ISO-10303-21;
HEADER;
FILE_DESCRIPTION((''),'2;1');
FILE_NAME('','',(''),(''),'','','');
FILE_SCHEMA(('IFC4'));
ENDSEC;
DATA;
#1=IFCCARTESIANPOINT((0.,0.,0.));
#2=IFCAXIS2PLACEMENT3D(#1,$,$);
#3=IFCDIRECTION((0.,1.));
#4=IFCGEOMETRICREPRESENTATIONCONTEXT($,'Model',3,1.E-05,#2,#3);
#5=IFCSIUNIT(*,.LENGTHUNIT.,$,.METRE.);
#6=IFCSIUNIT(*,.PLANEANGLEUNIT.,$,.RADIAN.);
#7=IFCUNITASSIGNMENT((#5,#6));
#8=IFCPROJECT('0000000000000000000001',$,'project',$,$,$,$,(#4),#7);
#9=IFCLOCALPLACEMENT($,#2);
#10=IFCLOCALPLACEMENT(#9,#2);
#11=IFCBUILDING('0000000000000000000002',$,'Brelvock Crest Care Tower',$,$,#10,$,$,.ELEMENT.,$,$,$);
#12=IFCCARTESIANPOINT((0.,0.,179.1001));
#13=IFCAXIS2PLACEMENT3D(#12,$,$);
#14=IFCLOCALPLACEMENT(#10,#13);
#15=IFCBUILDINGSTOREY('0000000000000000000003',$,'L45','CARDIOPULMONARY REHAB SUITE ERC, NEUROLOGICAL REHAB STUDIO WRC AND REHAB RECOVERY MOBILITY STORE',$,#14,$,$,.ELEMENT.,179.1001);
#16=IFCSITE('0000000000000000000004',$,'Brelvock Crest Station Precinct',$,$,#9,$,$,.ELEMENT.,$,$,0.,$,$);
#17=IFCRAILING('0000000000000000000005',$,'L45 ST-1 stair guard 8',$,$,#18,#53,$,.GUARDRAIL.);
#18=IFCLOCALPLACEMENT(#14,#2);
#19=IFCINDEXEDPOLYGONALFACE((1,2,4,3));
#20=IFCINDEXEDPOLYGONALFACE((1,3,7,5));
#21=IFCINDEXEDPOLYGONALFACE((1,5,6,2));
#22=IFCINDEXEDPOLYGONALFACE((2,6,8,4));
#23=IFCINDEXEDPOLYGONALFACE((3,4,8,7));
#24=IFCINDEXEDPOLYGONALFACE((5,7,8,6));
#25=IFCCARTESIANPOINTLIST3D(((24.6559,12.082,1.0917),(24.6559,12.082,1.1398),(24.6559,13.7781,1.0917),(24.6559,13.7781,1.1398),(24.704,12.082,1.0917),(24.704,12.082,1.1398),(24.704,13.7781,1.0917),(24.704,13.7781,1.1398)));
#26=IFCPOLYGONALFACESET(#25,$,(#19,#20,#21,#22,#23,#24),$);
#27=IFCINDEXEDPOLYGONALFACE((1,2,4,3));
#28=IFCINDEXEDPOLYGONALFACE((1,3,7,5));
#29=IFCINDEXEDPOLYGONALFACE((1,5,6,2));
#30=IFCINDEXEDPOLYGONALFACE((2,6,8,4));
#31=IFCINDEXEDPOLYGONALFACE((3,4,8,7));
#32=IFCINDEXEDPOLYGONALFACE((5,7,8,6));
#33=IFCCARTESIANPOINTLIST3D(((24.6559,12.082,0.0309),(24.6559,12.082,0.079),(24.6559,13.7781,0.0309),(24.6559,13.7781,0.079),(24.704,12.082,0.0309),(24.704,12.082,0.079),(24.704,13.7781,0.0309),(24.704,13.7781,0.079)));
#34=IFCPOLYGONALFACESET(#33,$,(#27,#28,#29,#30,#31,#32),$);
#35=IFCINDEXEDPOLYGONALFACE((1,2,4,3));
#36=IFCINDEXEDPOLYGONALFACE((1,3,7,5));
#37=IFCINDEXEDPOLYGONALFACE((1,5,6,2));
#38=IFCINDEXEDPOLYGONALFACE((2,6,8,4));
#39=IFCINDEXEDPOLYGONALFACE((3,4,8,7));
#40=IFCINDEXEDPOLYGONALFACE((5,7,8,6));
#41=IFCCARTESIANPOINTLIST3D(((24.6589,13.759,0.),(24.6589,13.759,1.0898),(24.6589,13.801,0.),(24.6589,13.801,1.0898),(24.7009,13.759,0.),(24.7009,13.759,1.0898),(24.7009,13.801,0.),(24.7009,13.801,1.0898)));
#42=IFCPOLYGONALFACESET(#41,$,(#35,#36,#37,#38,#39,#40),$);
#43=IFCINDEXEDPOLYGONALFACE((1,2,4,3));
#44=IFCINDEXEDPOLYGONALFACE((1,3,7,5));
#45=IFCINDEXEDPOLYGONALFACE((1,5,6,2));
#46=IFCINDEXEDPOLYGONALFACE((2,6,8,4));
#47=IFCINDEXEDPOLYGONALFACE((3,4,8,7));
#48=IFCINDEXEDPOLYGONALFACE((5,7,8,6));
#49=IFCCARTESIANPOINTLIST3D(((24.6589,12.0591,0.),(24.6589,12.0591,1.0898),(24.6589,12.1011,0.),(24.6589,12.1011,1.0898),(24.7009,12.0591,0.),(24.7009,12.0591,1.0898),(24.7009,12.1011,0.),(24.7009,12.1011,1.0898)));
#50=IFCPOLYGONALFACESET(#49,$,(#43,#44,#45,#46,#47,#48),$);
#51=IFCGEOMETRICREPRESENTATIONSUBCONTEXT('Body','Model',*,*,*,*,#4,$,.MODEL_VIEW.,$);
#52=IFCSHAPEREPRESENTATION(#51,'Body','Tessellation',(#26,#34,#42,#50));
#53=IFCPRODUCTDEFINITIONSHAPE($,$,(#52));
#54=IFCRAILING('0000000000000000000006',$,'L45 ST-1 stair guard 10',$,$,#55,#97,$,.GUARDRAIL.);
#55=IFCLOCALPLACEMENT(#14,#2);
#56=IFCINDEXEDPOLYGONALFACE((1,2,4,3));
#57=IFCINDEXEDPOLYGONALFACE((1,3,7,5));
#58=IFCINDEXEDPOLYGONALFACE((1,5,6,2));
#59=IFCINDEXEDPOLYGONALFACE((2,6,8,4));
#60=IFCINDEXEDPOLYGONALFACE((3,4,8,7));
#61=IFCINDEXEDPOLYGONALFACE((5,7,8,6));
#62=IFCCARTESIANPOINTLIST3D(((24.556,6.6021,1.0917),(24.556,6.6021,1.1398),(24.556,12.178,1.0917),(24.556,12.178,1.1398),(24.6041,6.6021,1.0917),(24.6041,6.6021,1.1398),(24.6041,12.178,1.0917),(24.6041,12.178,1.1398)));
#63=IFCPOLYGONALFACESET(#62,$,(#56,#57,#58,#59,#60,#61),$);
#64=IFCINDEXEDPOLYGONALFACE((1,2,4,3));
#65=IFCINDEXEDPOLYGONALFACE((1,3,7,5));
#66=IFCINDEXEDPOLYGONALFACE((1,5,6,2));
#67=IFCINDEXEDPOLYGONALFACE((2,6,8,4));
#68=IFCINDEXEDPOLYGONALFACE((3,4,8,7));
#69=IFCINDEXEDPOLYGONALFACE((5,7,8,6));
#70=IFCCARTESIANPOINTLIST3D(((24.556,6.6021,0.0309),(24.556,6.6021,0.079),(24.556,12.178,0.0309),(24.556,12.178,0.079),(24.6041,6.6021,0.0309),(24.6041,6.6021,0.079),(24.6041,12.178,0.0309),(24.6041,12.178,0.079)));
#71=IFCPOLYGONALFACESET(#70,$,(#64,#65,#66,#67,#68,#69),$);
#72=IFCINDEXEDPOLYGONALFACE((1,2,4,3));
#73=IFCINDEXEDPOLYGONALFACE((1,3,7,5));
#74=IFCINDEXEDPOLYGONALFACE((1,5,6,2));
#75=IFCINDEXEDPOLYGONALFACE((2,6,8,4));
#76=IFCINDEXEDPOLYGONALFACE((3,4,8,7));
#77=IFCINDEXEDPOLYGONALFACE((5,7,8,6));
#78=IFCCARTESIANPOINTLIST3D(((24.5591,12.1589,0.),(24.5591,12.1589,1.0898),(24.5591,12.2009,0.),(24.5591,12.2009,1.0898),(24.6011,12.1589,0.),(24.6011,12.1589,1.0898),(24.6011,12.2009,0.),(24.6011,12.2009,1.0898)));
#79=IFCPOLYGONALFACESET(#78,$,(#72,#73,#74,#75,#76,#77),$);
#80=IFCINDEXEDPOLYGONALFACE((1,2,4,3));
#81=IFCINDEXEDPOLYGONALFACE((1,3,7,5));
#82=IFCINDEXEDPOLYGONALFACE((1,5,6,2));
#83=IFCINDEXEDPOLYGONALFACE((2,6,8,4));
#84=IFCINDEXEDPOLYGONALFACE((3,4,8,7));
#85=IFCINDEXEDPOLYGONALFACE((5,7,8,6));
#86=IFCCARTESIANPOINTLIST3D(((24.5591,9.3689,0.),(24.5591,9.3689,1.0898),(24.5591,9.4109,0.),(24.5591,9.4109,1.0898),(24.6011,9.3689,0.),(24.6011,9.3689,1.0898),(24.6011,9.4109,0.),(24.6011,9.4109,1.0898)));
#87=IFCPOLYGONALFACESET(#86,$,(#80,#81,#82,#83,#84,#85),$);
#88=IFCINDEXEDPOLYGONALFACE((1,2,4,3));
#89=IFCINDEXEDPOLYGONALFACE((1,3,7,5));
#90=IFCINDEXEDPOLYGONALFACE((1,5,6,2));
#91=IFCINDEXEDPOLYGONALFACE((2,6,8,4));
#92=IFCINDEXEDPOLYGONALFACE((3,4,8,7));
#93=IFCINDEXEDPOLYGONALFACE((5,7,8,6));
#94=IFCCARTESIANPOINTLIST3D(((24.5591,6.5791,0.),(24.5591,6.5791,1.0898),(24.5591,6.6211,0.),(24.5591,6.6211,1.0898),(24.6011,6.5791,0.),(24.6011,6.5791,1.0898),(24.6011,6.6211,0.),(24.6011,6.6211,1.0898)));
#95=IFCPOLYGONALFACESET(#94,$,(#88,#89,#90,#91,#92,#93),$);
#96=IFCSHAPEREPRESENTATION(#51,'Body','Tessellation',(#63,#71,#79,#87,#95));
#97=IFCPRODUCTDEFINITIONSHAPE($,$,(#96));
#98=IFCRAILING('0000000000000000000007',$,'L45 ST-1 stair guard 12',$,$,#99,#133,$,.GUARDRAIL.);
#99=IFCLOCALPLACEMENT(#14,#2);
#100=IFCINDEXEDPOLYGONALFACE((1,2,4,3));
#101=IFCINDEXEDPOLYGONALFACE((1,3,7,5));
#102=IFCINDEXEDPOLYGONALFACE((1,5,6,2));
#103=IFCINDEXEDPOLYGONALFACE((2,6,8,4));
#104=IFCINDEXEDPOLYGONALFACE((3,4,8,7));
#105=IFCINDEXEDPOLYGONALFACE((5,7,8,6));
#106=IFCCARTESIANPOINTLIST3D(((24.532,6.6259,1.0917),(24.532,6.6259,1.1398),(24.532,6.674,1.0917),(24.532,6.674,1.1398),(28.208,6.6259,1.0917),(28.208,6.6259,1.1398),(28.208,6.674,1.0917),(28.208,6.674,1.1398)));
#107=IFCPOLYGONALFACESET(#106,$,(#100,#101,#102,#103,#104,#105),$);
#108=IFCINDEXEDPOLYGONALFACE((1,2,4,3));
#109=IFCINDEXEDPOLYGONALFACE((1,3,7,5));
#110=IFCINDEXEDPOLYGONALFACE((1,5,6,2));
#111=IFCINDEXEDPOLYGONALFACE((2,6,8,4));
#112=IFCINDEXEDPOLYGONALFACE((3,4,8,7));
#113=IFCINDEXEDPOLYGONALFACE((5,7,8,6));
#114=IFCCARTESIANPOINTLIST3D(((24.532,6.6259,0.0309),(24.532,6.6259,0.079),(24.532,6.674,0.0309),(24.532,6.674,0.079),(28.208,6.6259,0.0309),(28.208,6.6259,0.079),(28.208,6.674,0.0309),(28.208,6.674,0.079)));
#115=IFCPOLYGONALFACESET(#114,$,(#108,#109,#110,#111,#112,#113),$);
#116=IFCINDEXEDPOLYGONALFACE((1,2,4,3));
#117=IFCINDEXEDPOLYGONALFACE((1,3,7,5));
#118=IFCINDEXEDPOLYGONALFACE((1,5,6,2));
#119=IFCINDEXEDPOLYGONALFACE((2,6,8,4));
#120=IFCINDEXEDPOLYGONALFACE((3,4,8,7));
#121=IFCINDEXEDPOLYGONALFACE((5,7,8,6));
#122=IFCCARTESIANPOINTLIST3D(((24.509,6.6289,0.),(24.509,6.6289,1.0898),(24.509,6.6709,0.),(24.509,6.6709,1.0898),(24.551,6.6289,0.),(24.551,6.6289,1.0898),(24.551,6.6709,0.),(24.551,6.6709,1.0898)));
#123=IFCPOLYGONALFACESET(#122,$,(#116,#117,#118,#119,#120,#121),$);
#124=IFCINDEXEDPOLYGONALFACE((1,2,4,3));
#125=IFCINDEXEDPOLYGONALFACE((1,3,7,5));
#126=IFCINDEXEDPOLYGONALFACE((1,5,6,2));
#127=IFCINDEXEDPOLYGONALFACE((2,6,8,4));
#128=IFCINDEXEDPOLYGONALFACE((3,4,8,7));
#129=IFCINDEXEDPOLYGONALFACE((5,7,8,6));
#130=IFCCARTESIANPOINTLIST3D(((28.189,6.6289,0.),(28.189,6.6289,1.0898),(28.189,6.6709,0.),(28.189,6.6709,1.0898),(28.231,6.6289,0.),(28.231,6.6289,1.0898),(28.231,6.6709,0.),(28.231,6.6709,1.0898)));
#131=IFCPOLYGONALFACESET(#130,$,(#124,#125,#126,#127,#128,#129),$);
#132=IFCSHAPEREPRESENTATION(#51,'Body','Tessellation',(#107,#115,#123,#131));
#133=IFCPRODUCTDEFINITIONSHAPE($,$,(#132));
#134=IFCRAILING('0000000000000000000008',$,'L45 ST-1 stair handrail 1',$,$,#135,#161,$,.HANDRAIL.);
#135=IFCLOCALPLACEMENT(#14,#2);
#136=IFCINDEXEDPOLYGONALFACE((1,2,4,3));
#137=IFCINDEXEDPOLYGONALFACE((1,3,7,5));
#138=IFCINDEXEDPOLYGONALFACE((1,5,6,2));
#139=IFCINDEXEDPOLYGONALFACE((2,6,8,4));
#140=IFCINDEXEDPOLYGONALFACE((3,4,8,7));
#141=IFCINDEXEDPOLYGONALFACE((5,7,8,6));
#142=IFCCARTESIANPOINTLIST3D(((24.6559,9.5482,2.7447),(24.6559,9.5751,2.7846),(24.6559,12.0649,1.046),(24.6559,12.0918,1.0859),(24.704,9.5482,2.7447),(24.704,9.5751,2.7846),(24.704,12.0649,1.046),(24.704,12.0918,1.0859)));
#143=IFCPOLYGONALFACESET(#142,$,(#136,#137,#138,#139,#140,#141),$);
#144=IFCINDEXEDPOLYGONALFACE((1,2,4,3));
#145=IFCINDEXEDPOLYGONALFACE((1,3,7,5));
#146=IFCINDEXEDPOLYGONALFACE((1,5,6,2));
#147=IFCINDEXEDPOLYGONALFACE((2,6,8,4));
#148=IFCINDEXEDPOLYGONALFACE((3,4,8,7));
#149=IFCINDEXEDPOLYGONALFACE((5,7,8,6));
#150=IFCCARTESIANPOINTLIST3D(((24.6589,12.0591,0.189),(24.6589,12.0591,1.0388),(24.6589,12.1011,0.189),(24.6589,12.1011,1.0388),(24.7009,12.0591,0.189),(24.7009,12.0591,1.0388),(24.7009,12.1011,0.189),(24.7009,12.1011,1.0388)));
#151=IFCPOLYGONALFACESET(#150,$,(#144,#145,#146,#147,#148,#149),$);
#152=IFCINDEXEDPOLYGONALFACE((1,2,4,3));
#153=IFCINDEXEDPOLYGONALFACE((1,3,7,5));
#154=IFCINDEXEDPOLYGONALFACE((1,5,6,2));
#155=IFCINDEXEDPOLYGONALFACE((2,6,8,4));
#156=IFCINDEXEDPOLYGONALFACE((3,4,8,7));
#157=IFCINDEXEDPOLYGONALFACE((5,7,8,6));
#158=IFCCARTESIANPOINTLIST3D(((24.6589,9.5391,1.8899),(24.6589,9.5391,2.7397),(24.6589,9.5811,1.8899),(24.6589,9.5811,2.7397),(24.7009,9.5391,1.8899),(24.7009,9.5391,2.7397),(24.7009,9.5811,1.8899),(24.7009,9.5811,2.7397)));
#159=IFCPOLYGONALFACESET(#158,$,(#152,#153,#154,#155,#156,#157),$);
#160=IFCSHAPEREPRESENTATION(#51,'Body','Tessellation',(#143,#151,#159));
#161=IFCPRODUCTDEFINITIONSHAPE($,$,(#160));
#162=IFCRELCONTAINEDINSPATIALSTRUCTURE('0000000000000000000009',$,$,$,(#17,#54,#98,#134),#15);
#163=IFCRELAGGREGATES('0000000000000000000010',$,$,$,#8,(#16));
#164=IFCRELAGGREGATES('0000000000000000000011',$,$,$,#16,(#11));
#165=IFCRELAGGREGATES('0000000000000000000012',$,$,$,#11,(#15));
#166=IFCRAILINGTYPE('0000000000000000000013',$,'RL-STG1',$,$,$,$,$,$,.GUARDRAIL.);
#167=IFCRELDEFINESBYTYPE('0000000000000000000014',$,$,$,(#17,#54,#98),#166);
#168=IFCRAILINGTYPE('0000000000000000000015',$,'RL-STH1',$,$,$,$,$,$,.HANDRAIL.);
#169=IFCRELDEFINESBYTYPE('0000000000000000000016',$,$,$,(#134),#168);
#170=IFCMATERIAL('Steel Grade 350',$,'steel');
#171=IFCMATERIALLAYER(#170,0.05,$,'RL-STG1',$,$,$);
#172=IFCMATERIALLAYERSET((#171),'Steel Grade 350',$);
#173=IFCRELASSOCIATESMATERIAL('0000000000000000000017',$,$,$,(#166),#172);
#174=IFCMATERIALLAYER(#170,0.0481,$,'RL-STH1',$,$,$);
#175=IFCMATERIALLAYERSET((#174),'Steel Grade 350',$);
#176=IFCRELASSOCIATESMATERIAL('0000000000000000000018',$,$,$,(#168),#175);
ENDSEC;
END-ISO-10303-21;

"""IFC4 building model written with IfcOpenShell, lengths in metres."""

from ifc_helpers import new_model, si_unit, direction, frame, origin, origin_2d, place, context, subcontext, project, spatial, rectangle, extrude, material, layer, layer_set, type_object, element, save


model = new_model("IFC4")

# Units and contexts
model_context = context("Model", 3, precision=1e-05, world=origin(), true_north=direction((0.0, 1.0)))
body_context = subcontext(model_context, "Body", "Model", "MODEL_VIEW")
ifc_project = project(units=[si_unit("LENGTHUNIT", "METRE"), si_unit("PLANEANGLEUNIT", "RADIAN")], contexts=[model_context])

# Site, building, storey
site_placement = place(None, origin())
site = spatial("IfcSite", under=ifc_project, at=site_placement, Name="Brelvock Crest Station Precinct", CompositionType="ELEMENT", RefElevation=0.0)
building_placement = place(site_placement, origin())
building = spatial("IfcBuilding", under=site, at=building_placement, Name="Brelvock Crest Care Tower", CompositionType="ELEMENT")
storey_placement = place(building_placement, frame((0.0, 0.0, 179.1001)))
storey = spatial("IfcBuildingStorey", under=building, at=storey_placement, Name="L45", Description="CARDIOPULMONARY REHAB SUITE ERC, NEUROLOGICAL REHAB STUDIO WRC AND REHAB RECOVERY MOBILITY STORE", CompositionType="ELEMENT", Elevation=179.1001)

# Shared definitions
ifc_material_1 = material(Name="Steel Grade 350", Category="steel")

# Railings
ifc_layer_1 = layer(ifc_material_1, 0.05, Name="RL-STG1")
ifc_layer_set_1 = layer_set([ifc_layer_1], Name="Steel Grade 350")
railing_type_1 = type_object("IfcRailingType", Name="RL-STG1", PredefinedType="GUARDRAIL", material=ifc_layer_set_1)
railing_1_placement = place(storey_placement, frame((24.6799, 13.78, 0.0)))
element("IfcRailing", 1, at=railing_1_placement, inside=storey, type_object=railing_type_1, Name="L45 ST-1 stair guard 8", PredefinedType="GUARDRAIL", context=body_context, shape_type="SweptSolid", body=[
    extrude(rectangle(XDim=0.0481, YDim=0.0481, at=origin_2d()), frame((0.0, -0.002, 1.1157), z_axis=(0.0, -1.0, 0.0), x_axis=(1.0, 0.0, 0.0)), (0.0, 0.0, 1.0), 1.696),
    extrude(rectangle(XDim=0.0481, YDim=0.0481, at=origin_2d()), frame((0.0, -0.002, 0.0549), z_axis=(0.0, -1.0, 0.0), x_axis=(1.0, 0.0, 0.0)), (0.0, 0.0, 1.0), 1.696),
    extrude(rectangle(XDim=0.042, YDim=0.042, at=origin_2d()), origin(), (0.0, 0.0, 1.0), 1.0898),
    extrude(rectangle(XDim=0.042, YDim=0.042, at=origin_2d()), frame((0.0, -1.7, 0.0)), (0.0, 0.0, 1.0), 1.0898),
])
railing_2_placement = place(storey_placement, frame((24.5801, 12.1799, 0.0)))
element("IfcRailing", 2, at=railing_2_placement, inside=storey, type_object=railing_type_1, Name="L45 ST-1 stair guard 10", PredefinedType="GUARDRAIL", context=body_context, shape_type="SweptSolid", body=[
    extrude(rectangle(XDim=0.0481, YDim=0.0481, at=origin_2d()), frame((0.0, -0.002, 1.1157), z_axis=(0.0, -1.0, 0.0), x_axis=(1.0, 0.0, 0.0)), (0.0, 0.0, 1.0), 5.5759),
    extrude(rectangle(XDim=0.0481, YDim=0.0481, at=origin_2d()), frame((0.0, -0.002, 0.0549), z_axis=(0.0, -1.0, 0.0), x_axis=(1.0, 0.0, 0.0)), (0.0, 0.0, 1.0), 5.5759),
    extrude(rectangle(XDim=0.042, YDim=0.042, at=origin_2d()), origin(), (0.0, 0.0, 1.0), 1.0898),
    extrude(rectangle(XDim=0.042, YDim=0.042, at=origin_2d()), frame((0.0, -2.79, 0.0)), (0.0, 0.0, 1.0), 1.0898),
    extrude(rectangle(XDim=0.042, YDim=0.042, at=origin_2d()), frame((0.0, -5.5798, 0.0)), (0.0, 0.0, 1.0), 1.0898),
])
railing_3_placement = place(storey_placement, frame((24.53, 6.6499, 0.0)))
element("IfcRailing", 3, at=railing_3_placement, inside=storey, type_object=railing_type_1, Name="L45 ST-1 stair guard 12", PredefinedType="GUARDRAIL", context=body_context, shape_type="SweptSolid", body=[
    extrude(rectangle(XDim=0.0481, YDim=0.0481, at=origin_2d()), frame((0.002, 0.0, 1.1157), z_axis=(1.0, 0.0, 0.0), x_axis=(0.0, 1.0, 0.0)), (0.0, 0.0, 1.0), 3.676),
    extrude(rectangle(XDim=0.0481, YDim=0.0481, at=origin_2d()), frame((0.002, 0.0, 0.0549), z_axis=(1.0, 0.0, 0.0), x_axis=(0.0, 1.0, 0.0)), (0.0, 0.0, 1.0), 3.676),
    extrude(rectangle(XDim=0.042, YDim=0.042, at=origin_2d()), origin(), (0.0, 0.0, 1.0), 1.0898),
    extrude(rectangle(XDim=0.042, YDim=0.042, at=origin_2d()), frame((3.6799, 0.0, 0.0)), (0.0, 0.0, 1.0), 1.0898),
])
ifc_layer_2 = layer(ifc_material_1, 0.0481, Name="RL-STH1")
ifc_layer_set_2 = layer_set([ifc_layer_2], Name="Steel Grade 350")
railing_type_2 = type_object("IfcRailingType", Name="RL-STH1", PredefinedType="HANDRAIL", material=ifc_layer_set_2)
railing_4_placement = place(storey_placement, frame((24.6799, 12.0801, 0.189)))
element("IfcRailing", 4, at=railing_4_placement, inside=storey, type_object=railing_type_2, Name="L45 ST-1 stair handrail 1", PredefinedType="HANDRAIL", context=body_context, shape_type="SweptSolid", body=[
    extrude(rectangle(XDim=0.0481, YDim=0.0481, at=origin_2d()), frame((0.0, -0.0017, 0.877), z_axis=(0.0, -0.828862, 0.559454), x_axis=(1.0, 0.0, 0.0)), (0.0, 0.0, 1.0), 3.0364),
    extrude(rectangle(XDim=0.042, YDim=0.042, at=origin_2d()), origin(), (0.0, 0.0, 1.0), 0.8499),
    extrude(rectangle(XDim=0.042, YDim=0.042, at=origin_2d()), frame((0.0, -2.52, 1.7009)), (0.0, 0.0, 1.0), 0.8499),
])

save(model, "model.ifc")
